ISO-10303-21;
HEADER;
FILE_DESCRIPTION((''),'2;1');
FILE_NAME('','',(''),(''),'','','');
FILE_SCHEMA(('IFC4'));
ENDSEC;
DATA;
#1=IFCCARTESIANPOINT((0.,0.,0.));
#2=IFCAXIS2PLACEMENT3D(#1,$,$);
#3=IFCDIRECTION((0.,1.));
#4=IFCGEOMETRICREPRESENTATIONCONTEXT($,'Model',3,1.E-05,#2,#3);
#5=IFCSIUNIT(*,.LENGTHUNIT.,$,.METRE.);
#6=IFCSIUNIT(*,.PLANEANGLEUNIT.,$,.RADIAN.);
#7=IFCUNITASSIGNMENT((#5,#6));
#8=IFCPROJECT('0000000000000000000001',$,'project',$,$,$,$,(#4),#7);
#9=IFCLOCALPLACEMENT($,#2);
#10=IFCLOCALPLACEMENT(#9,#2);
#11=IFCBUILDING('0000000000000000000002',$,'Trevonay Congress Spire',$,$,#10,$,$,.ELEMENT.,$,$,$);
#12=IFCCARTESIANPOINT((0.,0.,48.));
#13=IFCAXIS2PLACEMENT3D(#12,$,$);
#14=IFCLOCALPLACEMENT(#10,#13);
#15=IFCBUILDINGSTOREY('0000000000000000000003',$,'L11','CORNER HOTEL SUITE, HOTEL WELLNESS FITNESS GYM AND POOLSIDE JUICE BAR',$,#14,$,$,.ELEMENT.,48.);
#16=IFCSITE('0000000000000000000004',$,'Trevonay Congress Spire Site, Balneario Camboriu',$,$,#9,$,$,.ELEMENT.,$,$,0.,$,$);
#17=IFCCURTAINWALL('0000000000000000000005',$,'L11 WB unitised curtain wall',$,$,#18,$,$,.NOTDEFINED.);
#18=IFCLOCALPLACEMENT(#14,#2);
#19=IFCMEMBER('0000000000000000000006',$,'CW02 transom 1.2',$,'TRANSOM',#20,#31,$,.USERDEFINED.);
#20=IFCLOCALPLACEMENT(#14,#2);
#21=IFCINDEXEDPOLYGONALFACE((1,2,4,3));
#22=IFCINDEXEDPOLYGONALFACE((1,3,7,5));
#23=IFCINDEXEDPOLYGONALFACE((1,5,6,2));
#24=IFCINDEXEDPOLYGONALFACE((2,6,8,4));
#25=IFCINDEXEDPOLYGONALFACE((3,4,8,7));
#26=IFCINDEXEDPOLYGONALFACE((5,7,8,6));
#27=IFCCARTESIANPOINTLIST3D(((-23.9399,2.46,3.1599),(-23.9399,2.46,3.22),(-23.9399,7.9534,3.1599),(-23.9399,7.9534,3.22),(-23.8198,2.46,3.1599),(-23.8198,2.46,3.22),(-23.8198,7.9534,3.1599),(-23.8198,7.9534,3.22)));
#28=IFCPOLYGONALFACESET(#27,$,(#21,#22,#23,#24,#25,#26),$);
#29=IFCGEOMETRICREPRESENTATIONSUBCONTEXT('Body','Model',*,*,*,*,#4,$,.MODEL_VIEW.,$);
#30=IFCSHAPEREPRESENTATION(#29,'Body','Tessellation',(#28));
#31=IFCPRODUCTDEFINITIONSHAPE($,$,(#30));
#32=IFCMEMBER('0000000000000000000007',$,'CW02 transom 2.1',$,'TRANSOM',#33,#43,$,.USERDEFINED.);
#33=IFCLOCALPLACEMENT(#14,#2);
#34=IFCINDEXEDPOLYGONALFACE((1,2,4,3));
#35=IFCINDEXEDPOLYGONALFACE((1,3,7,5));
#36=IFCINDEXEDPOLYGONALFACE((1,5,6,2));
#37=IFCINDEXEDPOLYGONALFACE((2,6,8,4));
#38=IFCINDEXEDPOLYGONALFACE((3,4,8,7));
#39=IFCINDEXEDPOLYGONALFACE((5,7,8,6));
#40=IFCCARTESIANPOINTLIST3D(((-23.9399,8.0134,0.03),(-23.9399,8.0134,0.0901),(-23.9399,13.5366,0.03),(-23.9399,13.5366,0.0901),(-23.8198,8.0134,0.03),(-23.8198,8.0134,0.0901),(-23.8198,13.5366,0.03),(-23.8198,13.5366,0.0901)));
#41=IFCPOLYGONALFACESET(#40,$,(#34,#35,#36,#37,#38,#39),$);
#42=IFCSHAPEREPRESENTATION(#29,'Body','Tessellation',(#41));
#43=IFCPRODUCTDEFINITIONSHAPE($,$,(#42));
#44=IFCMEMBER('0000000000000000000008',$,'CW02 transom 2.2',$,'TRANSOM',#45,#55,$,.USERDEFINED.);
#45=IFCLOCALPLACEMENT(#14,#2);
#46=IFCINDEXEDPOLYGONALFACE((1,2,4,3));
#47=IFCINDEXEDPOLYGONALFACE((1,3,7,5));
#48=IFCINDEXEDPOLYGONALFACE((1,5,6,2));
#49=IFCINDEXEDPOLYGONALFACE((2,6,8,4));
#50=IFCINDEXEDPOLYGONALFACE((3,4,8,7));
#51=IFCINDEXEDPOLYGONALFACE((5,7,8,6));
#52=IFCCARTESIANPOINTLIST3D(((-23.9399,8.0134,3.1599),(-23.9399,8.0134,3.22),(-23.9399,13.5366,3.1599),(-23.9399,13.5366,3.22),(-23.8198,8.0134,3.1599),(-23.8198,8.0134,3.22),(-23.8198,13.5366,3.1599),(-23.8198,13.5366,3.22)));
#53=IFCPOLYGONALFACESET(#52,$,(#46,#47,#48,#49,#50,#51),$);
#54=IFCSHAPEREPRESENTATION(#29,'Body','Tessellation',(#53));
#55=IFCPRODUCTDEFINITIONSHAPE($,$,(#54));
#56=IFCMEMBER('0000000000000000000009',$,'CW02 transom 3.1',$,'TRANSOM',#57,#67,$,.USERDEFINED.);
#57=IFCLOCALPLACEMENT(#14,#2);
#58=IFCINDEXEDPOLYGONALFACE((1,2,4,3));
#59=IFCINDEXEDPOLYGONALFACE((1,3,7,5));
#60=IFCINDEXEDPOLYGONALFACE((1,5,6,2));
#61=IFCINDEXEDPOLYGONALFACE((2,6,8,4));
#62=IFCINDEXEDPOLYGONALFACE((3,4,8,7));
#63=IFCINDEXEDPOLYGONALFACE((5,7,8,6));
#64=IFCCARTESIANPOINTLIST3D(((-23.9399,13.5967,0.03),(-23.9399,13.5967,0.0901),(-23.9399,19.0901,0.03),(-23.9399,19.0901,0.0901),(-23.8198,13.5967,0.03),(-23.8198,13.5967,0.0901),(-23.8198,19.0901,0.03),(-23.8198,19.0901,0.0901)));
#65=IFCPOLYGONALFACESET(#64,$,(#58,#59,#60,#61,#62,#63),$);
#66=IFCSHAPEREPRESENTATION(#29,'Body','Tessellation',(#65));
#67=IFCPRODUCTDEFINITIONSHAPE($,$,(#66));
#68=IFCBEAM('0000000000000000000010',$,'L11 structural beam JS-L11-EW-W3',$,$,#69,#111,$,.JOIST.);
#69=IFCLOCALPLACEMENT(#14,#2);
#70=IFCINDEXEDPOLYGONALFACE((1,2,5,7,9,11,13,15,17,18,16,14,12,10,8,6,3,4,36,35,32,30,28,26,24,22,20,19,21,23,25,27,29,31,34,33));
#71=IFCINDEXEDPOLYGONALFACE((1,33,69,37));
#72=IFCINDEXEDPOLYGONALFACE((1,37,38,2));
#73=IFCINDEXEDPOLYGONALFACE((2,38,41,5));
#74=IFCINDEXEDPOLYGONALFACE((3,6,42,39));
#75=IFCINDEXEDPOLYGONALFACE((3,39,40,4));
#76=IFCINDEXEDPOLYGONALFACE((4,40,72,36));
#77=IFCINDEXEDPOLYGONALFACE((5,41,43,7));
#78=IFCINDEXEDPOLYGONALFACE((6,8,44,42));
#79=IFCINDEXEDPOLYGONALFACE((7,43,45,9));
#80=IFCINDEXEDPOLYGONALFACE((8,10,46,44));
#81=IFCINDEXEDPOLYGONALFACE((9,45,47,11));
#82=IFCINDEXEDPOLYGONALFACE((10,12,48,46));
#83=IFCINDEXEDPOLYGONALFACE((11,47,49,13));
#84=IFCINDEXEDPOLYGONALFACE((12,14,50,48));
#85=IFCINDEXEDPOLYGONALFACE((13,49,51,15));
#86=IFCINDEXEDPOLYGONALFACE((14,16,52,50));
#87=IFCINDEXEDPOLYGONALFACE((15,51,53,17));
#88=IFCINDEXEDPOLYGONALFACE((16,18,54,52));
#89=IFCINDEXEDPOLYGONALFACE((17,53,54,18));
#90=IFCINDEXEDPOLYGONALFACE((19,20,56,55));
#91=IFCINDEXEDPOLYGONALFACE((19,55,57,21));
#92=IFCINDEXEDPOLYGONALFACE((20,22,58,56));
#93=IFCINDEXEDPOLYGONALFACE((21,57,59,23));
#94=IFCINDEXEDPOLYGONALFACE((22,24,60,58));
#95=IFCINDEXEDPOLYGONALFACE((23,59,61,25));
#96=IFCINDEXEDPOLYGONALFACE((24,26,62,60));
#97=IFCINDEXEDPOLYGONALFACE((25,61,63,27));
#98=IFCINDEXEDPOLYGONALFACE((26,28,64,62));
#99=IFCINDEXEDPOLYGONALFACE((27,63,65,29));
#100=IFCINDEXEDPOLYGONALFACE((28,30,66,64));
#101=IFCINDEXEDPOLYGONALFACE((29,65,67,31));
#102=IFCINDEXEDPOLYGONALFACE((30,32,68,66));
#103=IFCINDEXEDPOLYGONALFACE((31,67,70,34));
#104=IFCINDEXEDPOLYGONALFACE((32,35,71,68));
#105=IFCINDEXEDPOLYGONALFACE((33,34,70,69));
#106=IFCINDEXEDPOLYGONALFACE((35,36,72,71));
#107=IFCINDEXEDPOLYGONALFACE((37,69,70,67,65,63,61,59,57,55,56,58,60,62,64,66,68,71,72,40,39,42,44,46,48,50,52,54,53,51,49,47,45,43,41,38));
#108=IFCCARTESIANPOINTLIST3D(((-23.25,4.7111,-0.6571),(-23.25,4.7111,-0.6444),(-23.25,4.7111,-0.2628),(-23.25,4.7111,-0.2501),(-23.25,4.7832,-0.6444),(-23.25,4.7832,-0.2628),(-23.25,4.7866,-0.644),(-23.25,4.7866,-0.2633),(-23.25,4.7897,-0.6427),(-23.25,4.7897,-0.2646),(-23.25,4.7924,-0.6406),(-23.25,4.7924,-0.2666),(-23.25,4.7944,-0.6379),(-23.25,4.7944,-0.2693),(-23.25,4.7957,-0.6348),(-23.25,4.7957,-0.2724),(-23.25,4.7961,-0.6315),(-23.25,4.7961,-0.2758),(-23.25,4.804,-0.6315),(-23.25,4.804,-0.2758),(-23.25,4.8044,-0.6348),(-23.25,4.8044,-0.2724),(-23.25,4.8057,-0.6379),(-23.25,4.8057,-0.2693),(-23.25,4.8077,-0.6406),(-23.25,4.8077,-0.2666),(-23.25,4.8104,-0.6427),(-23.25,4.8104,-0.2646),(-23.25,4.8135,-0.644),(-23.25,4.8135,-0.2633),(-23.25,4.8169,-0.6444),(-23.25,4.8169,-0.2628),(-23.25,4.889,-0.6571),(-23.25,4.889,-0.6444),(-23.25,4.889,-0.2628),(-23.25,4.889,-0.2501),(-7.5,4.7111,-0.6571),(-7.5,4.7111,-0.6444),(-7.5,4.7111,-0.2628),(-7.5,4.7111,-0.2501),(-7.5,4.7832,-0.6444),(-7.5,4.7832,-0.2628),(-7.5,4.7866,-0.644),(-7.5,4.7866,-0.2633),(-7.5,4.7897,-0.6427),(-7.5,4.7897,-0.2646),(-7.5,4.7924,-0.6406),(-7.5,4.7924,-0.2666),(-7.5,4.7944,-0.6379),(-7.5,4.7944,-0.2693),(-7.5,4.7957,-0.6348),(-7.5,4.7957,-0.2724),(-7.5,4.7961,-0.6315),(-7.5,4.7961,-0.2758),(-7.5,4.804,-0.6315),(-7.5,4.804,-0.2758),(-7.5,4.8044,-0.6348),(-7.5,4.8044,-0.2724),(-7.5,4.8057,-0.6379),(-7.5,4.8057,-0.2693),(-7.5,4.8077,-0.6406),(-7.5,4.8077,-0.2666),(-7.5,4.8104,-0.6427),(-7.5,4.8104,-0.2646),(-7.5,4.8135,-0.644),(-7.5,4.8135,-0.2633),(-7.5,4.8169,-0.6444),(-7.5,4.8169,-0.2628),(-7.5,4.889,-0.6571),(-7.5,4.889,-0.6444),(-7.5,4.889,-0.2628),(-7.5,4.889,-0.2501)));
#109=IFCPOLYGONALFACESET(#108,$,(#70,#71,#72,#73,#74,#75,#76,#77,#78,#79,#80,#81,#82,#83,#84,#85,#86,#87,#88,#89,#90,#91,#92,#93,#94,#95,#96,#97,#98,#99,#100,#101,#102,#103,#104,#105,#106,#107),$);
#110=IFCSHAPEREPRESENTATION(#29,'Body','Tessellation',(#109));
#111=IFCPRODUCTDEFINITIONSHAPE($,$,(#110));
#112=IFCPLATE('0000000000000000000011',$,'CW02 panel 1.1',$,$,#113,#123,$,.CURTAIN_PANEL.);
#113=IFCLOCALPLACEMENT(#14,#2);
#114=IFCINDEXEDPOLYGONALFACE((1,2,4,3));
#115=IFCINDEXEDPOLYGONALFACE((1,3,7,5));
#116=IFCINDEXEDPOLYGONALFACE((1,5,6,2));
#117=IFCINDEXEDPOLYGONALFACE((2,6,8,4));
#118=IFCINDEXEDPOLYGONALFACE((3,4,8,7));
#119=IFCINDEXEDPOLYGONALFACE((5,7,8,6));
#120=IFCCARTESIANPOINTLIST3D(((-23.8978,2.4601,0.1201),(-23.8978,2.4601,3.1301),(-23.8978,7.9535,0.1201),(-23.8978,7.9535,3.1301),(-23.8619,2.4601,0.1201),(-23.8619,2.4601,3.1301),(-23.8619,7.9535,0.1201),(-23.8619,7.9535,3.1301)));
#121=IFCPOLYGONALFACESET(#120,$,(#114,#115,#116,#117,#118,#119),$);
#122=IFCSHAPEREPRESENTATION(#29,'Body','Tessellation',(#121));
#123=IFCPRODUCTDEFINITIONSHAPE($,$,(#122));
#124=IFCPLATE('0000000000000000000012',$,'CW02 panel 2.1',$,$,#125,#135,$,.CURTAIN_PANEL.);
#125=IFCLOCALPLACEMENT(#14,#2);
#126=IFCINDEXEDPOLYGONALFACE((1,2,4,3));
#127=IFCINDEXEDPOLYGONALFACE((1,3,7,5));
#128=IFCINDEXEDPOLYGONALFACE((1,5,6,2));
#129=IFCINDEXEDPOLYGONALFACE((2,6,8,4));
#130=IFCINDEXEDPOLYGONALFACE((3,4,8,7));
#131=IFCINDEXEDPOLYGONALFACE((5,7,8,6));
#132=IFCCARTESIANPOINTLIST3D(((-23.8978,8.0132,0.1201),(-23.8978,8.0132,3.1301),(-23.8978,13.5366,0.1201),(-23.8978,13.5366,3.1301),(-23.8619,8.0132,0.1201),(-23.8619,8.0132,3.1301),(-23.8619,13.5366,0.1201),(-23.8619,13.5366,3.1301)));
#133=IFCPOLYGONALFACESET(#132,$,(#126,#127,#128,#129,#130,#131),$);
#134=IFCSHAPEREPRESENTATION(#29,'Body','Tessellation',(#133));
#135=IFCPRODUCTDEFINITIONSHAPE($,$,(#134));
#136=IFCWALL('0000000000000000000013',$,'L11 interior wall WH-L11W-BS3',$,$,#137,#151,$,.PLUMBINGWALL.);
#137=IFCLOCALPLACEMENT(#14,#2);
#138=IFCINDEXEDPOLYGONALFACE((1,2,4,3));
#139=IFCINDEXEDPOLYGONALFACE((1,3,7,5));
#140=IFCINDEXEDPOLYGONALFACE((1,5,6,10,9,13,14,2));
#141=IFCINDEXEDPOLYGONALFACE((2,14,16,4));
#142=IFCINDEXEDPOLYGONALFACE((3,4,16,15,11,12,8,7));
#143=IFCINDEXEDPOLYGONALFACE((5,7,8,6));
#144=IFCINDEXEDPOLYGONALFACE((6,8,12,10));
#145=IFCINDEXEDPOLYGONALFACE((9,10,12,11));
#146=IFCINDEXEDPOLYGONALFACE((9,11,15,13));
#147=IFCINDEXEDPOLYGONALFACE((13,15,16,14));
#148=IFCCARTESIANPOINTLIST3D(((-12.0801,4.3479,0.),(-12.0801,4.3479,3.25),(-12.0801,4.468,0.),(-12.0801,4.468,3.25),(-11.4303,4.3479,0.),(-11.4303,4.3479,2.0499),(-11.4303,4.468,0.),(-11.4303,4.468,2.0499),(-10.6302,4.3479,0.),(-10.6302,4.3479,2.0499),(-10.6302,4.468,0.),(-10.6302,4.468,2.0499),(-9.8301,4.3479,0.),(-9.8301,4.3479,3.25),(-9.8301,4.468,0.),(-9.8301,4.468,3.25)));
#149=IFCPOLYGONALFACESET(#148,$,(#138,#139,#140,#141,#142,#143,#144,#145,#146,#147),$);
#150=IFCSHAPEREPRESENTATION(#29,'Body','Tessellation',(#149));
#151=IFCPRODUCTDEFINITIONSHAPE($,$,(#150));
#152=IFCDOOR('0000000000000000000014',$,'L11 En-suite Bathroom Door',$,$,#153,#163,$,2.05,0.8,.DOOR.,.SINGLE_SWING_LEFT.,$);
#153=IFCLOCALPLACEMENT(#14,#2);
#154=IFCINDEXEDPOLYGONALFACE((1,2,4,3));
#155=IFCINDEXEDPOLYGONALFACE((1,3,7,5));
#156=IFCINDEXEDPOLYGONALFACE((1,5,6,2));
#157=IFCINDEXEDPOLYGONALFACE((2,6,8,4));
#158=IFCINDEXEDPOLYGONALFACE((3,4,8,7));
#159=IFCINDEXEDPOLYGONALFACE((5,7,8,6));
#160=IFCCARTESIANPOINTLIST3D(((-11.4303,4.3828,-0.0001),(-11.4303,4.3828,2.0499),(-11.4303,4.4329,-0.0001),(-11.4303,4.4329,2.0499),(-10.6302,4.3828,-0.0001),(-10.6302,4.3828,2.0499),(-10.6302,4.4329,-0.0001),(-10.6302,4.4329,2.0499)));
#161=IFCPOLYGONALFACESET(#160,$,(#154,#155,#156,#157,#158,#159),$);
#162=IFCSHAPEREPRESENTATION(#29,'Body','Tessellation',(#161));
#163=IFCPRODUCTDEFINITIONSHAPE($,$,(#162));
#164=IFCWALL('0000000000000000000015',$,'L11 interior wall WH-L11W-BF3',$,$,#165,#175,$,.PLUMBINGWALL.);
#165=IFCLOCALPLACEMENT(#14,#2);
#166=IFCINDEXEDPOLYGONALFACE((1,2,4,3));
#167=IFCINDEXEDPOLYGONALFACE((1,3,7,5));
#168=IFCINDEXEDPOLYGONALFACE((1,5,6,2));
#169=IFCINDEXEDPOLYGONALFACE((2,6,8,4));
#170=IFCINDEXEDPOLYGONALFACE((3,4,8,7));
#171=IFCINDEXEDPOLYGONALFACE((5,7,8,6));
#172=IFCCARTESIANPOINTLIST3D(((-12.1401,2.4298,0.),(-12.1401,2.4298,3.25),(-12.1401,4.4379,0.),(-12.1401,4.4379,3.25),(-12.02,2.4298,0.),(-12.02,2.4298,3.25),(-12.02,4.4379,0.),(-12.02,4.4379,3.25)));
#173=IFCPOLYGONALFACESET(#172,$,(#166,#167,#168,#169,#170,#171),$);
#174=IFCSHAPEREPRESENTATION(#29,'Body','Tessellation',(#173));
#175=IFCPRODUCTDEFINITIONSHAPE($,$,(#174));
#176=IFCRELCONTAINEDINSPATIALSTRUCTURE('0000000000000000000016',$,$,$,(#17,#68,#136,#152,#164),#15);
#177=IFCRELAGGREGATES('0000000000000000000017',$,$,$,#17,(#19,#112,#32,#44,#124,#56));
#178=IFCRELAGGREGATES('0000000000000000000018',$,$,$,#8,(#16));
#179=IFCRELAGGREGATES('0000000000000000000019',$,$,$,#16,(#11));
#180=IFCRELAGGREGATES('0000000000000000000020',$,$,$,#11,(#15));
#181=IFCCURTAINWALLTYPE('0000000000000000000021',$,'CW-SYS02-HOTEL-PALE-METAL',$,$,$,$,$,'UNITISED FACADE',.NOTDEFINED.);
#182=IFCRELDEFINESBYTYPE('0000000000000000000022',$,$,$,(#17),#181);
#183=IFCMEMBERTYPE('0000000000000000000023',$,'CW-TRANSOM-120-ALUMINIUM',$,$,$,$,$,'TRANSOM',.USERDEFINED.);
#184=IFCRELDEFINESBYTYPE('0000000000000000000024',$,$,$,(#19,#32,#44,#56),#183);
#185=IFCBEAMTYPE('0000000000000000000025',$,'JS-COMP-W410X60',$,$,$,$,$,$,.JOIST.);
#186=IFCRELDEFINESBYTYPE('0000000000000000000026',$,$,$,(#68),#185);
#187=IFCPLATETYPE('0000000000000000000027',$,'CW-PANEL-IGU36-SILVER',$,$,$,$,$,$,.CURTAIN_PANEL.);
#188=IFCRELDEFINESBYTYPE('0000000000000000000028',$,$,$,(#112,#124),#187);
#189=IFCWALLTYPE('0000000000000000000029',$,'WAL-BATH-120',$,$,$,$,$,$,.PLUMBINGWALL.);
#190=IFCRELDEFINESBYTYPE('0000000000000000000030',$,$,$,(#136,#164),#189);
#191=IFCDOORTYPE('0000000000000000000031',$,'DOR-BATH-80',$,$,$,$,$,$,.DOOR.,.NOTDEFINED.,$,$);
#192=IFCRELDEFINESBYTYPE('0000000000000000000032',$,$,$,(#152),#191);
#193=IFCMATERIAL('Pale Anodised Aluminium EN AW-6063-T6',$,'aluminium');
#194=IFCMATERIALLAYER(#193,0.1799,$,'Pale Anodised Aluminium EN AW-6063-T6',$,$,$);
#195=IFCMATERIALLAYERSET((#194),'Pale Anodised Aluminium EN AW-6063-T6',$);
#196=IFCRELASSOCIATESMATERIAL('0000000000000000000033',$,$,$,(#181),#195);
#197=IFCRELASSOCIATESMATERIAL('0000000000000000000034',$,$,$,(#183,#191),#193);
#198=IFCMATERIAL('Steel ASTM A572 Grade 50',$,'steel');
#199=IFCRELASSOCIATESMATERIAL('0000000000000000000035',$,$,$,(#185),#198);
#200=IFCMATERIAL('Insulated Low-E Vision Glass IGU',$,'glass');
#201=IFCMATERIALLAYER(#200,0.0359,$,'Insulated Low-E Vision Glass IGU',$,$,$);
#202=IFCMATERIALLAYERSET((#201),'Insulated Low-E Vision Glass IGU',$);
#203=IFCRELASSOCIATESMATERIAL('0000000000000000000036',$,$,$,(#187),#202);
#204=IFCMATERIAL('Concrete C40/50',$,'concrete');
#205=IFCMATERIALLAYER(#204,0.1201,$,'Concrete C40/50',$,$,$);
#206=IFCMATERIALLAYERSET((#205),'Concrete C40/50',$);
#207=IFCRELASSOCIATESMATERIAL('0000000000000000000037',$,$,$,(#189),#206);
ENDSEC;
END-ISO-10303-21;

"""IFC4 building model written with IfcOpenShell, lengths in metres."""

from ifc_helpers import new_model, si_unit, direction, frame, frame_2d, origin, origin_2d, place, context, subcontext, project, spatial, rectangle, i_section, extrude, material, layer, layer_set, material_profile, profile_set, type_object, element, fill, aggregate, save


model = new_model("IFC4")

# Units and contexts
model_context = context("Model", 3, precision=1e-05, world=origin(), true_north=direction((0.0, 1.0)))
body_context = subcontext(model_context, "Body", "Model", "MODEL_VIEW")
ifc_project = project(units=[si_unit("LENGTHUNIT", "METRE"), si_unit("PLANEANGLEUNIT", "RADIAN")], contexts=[model_context])

# Site, building, storey
site_placement = place(None, origin())
site = spatial("IfcSite", under=ifc_project, at=site_placement, Name="Trevonay Congress Spire Site, Balneario Camboriu", CompositionType="ELEMENT", RefElevation=0.0)
building_placement = place(site_placement, origin())
building = spatial("IfcBuilding", under=site, at=building_placement, Name="Trevonay Congress Spire", CompositionType="ELEMENT")
storey_placement = place(building_placement, frame((0.0, 0.0, 48.0)))
storey = spatial("IfcBuildingStorey", under=building, at=storey_placement, Name="L11", Description="CORNER HOTEL SUITE, HOTEL WELLNESS FITNESS GYM AND POOLSIDE JUICE BAR", CompositionType="ELEMENT", Elevation=48.0)

# Shared definitions
ifc_material_1 = material(Name="Steel ASTM A572 Grade 50", Category="steel")

# Curtain wall, members
ifc_material_2 = material(Name="Pale Anodised Aluminium EN AW-6063-T6", Category="aluminium")
ifc_layer_1 = layer(ifc_material_2, 0.1799, Name="Pale Anodised Aluminium EN AW-6063-T6")
ifc_layer_set_1 = layer_set([ifc_layer_1], Name="Pale Anodised Aluminium EN AW-6063-T6")
curtain_wall_type = type_object("IfcCurtainWallType", Name="CW-SYS02-HOTEL-PALE-METAL", ElementType="UNITISED FACADE", PredefinedType="NOTDEFINED", material=ifc_layer_set_1)
curtain_wall_placement = place(storey_placement, origin())
curtain_wall = element("IfcCurtainWall", 1, at=curtain_wall_placement, inside=storey, type_object=curtain_wall_type, Name="L11 WB unitised curtain wall", PredefinedType="NOTDEFINED")
ifc_material_profile_1 = material_profile(ifc_material_2, rectangle(XDim=0.1201, YDim=0.0601, at=origin_2d()), Name="CW-TRANSOM-120-ALUMINIUM")
ifc_profile_set_1 = profile_set([ifc_material_profile_1], Name="Pale Anodised Aluminium EN AW-6063-T6")
member_type_1 = type_object("IfcMemberType", Name="CW-TRANSOM-120-ALUMINIUM", ElementType="TRANSOM", PredefinedType="USERDEFINED", material=ifc_profile_set_1)
member_1_placement = place(storey_placement, frame((-23.8799, 2.46, 3.1899), z_axis=(0.0, 1.0, 0.0), x_axis=(-1.0, 0.0, 0.0)))
member_1 = element("IfcMember", 2, at=member_1_placement, type_object=member_type_1, Name="CW02 transom 1.2", ObjectType="TRANSOM", PredefinedType="USERDEFINED", context=body_context, shape_type="SweptSolid", body=[
    extrude(rectangle(XDim=0.1201, YDim=0.0601, at=origin_2d()), origin(), (0.0, 0.0, 1.0), 5.4934),
])
member_2_placement = place(storey_placement, frame((-23.8799, 8.0134, 0.0601), z_axis=(0.0, 1.0, 0.0), x_axis=(-1.0, 0.0, 0.0)))
member_2 = element("IfcMember", 3, at=member_2_placement, type_object=member_type_1, Name="CW02 transom 2.1", ObjectType="TRANSOM", PredefinedType="USERDEFINED", context=body_context, shape_type="SweptSolid", body=[
    extrude(rectangle(XDim=0.1201, YDim=0.0601, at=origin_2d()), origin(), (0.0, 0.0, 1.0), 5.5232),
])
member_3_placement = place(storey_placement, frame((-23.8799, 8.0134, 3.1899), z_axis=(0.0, 1.0, 0.0), x_axis=(-1.0, 0.0, 0.0)))
member_3 = element("IfcMember", 4, at=member_3_placement, type_object=member_type_1, Name="CW02 transom 2.2", ObjectType="TRANSOM", PredefinedType="USERDEFINED", context=body_context, shape_type="SweptSolid", body=[
    extrude(rectangle(XDim=0.1201, YDim=0.0601, at=origin_2d()), origin(), (0.0, 0.0, 1.0), 5.5232),
])
member_4_placement = place(storey_placement, frame((-23.8799, 13.5967, 0.0601), z_axis=(0.0, 1.0, 0.0), x_axis=(-1.0, 0.0, 0.0)))
member_4 = element("IfcMember", 5, at=member_4_placement, type_object=member_type_1, Name="CW02 transom 3.1", ObjectType="TRANSOM", PredefinedType="USERDEFINED", context=body_context, shape_type="SweptSolid", body=[
    extrude(rectangle(XDim=0.1201, YDim=0.0601, at=origin_2d()), origin(), (0.0, 0.0, 1.0), 5.4934),
])

# Beam
ifc_material_profile_2 = material_profile(ifc_material_1, i_section(OverallWidth=0.178, OverallDepth=0.407, WebThickness=0.0078, FlangeThickness=0.0127, FilletRadius=0.0129, at=origin_2d()), Name="W410x60")
ifc_profile_set_2 = profile_set([ifc_material_profile_2], Name="Steel ASTM A572 Grade 50")
beam_type_1 = type_object("IfcBeamType", Name="JS-COMP-W410X60", PredefinedType="JOIST", material=ifc_profile_set_2)
beam_1_placement = place(storey_placement, frame((-23.25, 4.8, -0.4536), z_axis=(1.0, 0.0, 0.0), x_axis=(0.0, 1.0, 0.0)))
element("IfcBeam", 6, at=beam_1_placement, inside=storey, type_object=beam_type_1, Name="L11 structural beam JS-L11-EW-W3", PredefinedType="JOIST", context=body_context, shape_type="SweptSolid", body=[
    extrude(i_section(OverallWidth=0.178, OverallDepth=0.407, WebThickness=0.0078, FlangeThickness=0.0127, FilletRadius=0.0129, at=origin_2d()), origin(), (0.0, 0.0, 1.0), 15.75),
])

# Plates
ifc_material_3 = material(Name="Insulated Low-E Vision Glass IGU", Category="glass")
ifc_layer_2 = layer(ifc_material_3, 0.0359, Name="Insulated Low-E Vision Glass IGU")
ifc_layer_set_2 = layer_set([ifc_layer_2], Name="Insulated Low-E Vision Glass IGU")
plate_type = type_object("IfcPlateType", Name="CW-PANEL-IGU36-SILVER", PredefinedType="CURTAIN_PANEL", material=ifc_layer_set_2)
plate_1_placement = place(storey_placement, frame((-23.8799, 5.2068, 0.1201), z_axis=(0.0, 0.0, 1.0), x_axis=(0.0, 1.0, 0.0)))
plate_1 = element("IfcPlate", 7, at=plate_1_placement, type_object=plate_type, Name="CW02 panel 1.1", PredefinedType="CURTAIN_PANEL", context=body_context, shape_type="SweptSolid", body=[
    extrude(rectangle(XDim=5.4934, YDim=0.0359, at=origin_2d()), origin(), (0.0, 0.0, 1.0), 3.01),
])
plate_2_placement = place(storey_placement, frame((-23.8799, 10.7749, 0.1201), z_axis=(0.0, 0.0, 1.0), x_axis=(0.0, 1.0, 0.0)))
plate_2 = element("IfcPlate", 8, at=plate_2_placement, type_object=plate_type, Name="CW02 panel 2.1", PredefinedType="CURTAIN_PANEL", context=body_context, shape_type="SweptSolid", body=[
    extrude(rectangle(XDim=5.5234, YDim=0.0359, at=origin_2d()), origin(), (0.0, 0.0, 1.0), 3.01),
])
aggregate(curtain_wall, [member_1, plate_1, member_2, member_3, plate_2, member_4])

# Wall, opening, door
ifc_material_4 = material(Name="Concrete C40/50", Category="concrete")
ifc_layer_3 = layer(ifc_material_4, 0.1201, Name="Concrete C40/50")
ifc_layer_set_3 = layer_set([ifc_layer_3], Name="Concrete C40/50")
wall_type_1 = type_object("IfcWallType", Name="WAL-BATH-120", PredefinedType="PLUMBINGWALL", material=ifc_layer_set_3)
wall_1_placement = place(storey_placement, frame((-12.0801, 4.408, 0.0), z_axis=(0.0, 0.0, 1.0), x_axis=(1.0, 0.0, 0.0)))
wall_1 = element("IfcWall", 9, at=wall_1_placement, inside=storey, type_object=wall_type_1, Name="L11 interior wall WH-L11W-BS3", PredefinedType="PLUMBINGWALL", context=body_context, shape_type="SweptSolid", body=[
    extrude(rectangle(XDim=2.25, YDim=0.1201, at=frame_2d((1.125, 0.0))), origin(), (0.0, 0.0, 1.0), 3.25),
])
opening_1_placement = place(wall_1_placement, frame((0.6499, 0.0, 0.0)))
opening_1 = element("IfcOpeningElement", 10, at=opening_1_placement, cuts=wall_1, PredefinedType="OPENING", context=body_context, shape_type="SweptSolid", body=[
    extrude(rectangle(XDim=0.8, YDim=2.05, at=frame_2d((0.3999, 1.0249))), frame((0.0, 0.0701, 0.0), z_axis=(0.0, -1.0, 0.0), x_axis=(1.0, 0.0, 0.0)), (0.0, 0.0, 1.0), 0.1401),
])
door_type_1 = type_object("IfcDoorType", Name="DOR-BATH-80", OperationType="NOTDEFINED", PredefinedType="DOOR", material=ifc_material_2)
door_1_placement = place(opening_1_placement, origin())
door_1 = element("IfcDoor", 11, at=door_1_placement, inside=storey, type_object=door_type_1, Name="L11 En-suite Bathroom Door", OperationType="SINGLE_SWING_LEFT", OverallHeight=2.05, OverallWidth=0.8, PredefinedType="DOOR", context=body_context, shape_type="SweptSolid", body=[
    extrude(rectangle(XDim=0.8, YDim=2.05, at=frame_2d((0.3999, 1.0249))), frame((0.0, 0.0249, 0.0), z_axis=(0.0, -1.0, 0.0), x_axis=(1.0, 0.0, 0.0)), (0.0, 0.0, 1.0), 0.05),
])
fill(opening_1, door_1)

# Wall
wall_2_placement = place(storey_placement, frame((-12.0801, 2.4299, 0.0), z_axis=(0.0, 0.0, 1.0), x_axis=(0.0, 1.0, 0.0)))
element("IfcWall", 12, at=wall_2_placement, inside=storey, type_object=wall_type_1, Name="L11 interior wall WH-L11W-BF3", PredefinedType="PLUMBINGWALL", context=body_context, shape_type="SweptSolid", body=[
    extrude(rectangle(XDim=2.0081, YDim=0.1201, at=frame_2d((1.0039, 0.0))), origin(), (0.0, 0.0, 1.0), 3.25),
])

save(model, "model.ifc")
